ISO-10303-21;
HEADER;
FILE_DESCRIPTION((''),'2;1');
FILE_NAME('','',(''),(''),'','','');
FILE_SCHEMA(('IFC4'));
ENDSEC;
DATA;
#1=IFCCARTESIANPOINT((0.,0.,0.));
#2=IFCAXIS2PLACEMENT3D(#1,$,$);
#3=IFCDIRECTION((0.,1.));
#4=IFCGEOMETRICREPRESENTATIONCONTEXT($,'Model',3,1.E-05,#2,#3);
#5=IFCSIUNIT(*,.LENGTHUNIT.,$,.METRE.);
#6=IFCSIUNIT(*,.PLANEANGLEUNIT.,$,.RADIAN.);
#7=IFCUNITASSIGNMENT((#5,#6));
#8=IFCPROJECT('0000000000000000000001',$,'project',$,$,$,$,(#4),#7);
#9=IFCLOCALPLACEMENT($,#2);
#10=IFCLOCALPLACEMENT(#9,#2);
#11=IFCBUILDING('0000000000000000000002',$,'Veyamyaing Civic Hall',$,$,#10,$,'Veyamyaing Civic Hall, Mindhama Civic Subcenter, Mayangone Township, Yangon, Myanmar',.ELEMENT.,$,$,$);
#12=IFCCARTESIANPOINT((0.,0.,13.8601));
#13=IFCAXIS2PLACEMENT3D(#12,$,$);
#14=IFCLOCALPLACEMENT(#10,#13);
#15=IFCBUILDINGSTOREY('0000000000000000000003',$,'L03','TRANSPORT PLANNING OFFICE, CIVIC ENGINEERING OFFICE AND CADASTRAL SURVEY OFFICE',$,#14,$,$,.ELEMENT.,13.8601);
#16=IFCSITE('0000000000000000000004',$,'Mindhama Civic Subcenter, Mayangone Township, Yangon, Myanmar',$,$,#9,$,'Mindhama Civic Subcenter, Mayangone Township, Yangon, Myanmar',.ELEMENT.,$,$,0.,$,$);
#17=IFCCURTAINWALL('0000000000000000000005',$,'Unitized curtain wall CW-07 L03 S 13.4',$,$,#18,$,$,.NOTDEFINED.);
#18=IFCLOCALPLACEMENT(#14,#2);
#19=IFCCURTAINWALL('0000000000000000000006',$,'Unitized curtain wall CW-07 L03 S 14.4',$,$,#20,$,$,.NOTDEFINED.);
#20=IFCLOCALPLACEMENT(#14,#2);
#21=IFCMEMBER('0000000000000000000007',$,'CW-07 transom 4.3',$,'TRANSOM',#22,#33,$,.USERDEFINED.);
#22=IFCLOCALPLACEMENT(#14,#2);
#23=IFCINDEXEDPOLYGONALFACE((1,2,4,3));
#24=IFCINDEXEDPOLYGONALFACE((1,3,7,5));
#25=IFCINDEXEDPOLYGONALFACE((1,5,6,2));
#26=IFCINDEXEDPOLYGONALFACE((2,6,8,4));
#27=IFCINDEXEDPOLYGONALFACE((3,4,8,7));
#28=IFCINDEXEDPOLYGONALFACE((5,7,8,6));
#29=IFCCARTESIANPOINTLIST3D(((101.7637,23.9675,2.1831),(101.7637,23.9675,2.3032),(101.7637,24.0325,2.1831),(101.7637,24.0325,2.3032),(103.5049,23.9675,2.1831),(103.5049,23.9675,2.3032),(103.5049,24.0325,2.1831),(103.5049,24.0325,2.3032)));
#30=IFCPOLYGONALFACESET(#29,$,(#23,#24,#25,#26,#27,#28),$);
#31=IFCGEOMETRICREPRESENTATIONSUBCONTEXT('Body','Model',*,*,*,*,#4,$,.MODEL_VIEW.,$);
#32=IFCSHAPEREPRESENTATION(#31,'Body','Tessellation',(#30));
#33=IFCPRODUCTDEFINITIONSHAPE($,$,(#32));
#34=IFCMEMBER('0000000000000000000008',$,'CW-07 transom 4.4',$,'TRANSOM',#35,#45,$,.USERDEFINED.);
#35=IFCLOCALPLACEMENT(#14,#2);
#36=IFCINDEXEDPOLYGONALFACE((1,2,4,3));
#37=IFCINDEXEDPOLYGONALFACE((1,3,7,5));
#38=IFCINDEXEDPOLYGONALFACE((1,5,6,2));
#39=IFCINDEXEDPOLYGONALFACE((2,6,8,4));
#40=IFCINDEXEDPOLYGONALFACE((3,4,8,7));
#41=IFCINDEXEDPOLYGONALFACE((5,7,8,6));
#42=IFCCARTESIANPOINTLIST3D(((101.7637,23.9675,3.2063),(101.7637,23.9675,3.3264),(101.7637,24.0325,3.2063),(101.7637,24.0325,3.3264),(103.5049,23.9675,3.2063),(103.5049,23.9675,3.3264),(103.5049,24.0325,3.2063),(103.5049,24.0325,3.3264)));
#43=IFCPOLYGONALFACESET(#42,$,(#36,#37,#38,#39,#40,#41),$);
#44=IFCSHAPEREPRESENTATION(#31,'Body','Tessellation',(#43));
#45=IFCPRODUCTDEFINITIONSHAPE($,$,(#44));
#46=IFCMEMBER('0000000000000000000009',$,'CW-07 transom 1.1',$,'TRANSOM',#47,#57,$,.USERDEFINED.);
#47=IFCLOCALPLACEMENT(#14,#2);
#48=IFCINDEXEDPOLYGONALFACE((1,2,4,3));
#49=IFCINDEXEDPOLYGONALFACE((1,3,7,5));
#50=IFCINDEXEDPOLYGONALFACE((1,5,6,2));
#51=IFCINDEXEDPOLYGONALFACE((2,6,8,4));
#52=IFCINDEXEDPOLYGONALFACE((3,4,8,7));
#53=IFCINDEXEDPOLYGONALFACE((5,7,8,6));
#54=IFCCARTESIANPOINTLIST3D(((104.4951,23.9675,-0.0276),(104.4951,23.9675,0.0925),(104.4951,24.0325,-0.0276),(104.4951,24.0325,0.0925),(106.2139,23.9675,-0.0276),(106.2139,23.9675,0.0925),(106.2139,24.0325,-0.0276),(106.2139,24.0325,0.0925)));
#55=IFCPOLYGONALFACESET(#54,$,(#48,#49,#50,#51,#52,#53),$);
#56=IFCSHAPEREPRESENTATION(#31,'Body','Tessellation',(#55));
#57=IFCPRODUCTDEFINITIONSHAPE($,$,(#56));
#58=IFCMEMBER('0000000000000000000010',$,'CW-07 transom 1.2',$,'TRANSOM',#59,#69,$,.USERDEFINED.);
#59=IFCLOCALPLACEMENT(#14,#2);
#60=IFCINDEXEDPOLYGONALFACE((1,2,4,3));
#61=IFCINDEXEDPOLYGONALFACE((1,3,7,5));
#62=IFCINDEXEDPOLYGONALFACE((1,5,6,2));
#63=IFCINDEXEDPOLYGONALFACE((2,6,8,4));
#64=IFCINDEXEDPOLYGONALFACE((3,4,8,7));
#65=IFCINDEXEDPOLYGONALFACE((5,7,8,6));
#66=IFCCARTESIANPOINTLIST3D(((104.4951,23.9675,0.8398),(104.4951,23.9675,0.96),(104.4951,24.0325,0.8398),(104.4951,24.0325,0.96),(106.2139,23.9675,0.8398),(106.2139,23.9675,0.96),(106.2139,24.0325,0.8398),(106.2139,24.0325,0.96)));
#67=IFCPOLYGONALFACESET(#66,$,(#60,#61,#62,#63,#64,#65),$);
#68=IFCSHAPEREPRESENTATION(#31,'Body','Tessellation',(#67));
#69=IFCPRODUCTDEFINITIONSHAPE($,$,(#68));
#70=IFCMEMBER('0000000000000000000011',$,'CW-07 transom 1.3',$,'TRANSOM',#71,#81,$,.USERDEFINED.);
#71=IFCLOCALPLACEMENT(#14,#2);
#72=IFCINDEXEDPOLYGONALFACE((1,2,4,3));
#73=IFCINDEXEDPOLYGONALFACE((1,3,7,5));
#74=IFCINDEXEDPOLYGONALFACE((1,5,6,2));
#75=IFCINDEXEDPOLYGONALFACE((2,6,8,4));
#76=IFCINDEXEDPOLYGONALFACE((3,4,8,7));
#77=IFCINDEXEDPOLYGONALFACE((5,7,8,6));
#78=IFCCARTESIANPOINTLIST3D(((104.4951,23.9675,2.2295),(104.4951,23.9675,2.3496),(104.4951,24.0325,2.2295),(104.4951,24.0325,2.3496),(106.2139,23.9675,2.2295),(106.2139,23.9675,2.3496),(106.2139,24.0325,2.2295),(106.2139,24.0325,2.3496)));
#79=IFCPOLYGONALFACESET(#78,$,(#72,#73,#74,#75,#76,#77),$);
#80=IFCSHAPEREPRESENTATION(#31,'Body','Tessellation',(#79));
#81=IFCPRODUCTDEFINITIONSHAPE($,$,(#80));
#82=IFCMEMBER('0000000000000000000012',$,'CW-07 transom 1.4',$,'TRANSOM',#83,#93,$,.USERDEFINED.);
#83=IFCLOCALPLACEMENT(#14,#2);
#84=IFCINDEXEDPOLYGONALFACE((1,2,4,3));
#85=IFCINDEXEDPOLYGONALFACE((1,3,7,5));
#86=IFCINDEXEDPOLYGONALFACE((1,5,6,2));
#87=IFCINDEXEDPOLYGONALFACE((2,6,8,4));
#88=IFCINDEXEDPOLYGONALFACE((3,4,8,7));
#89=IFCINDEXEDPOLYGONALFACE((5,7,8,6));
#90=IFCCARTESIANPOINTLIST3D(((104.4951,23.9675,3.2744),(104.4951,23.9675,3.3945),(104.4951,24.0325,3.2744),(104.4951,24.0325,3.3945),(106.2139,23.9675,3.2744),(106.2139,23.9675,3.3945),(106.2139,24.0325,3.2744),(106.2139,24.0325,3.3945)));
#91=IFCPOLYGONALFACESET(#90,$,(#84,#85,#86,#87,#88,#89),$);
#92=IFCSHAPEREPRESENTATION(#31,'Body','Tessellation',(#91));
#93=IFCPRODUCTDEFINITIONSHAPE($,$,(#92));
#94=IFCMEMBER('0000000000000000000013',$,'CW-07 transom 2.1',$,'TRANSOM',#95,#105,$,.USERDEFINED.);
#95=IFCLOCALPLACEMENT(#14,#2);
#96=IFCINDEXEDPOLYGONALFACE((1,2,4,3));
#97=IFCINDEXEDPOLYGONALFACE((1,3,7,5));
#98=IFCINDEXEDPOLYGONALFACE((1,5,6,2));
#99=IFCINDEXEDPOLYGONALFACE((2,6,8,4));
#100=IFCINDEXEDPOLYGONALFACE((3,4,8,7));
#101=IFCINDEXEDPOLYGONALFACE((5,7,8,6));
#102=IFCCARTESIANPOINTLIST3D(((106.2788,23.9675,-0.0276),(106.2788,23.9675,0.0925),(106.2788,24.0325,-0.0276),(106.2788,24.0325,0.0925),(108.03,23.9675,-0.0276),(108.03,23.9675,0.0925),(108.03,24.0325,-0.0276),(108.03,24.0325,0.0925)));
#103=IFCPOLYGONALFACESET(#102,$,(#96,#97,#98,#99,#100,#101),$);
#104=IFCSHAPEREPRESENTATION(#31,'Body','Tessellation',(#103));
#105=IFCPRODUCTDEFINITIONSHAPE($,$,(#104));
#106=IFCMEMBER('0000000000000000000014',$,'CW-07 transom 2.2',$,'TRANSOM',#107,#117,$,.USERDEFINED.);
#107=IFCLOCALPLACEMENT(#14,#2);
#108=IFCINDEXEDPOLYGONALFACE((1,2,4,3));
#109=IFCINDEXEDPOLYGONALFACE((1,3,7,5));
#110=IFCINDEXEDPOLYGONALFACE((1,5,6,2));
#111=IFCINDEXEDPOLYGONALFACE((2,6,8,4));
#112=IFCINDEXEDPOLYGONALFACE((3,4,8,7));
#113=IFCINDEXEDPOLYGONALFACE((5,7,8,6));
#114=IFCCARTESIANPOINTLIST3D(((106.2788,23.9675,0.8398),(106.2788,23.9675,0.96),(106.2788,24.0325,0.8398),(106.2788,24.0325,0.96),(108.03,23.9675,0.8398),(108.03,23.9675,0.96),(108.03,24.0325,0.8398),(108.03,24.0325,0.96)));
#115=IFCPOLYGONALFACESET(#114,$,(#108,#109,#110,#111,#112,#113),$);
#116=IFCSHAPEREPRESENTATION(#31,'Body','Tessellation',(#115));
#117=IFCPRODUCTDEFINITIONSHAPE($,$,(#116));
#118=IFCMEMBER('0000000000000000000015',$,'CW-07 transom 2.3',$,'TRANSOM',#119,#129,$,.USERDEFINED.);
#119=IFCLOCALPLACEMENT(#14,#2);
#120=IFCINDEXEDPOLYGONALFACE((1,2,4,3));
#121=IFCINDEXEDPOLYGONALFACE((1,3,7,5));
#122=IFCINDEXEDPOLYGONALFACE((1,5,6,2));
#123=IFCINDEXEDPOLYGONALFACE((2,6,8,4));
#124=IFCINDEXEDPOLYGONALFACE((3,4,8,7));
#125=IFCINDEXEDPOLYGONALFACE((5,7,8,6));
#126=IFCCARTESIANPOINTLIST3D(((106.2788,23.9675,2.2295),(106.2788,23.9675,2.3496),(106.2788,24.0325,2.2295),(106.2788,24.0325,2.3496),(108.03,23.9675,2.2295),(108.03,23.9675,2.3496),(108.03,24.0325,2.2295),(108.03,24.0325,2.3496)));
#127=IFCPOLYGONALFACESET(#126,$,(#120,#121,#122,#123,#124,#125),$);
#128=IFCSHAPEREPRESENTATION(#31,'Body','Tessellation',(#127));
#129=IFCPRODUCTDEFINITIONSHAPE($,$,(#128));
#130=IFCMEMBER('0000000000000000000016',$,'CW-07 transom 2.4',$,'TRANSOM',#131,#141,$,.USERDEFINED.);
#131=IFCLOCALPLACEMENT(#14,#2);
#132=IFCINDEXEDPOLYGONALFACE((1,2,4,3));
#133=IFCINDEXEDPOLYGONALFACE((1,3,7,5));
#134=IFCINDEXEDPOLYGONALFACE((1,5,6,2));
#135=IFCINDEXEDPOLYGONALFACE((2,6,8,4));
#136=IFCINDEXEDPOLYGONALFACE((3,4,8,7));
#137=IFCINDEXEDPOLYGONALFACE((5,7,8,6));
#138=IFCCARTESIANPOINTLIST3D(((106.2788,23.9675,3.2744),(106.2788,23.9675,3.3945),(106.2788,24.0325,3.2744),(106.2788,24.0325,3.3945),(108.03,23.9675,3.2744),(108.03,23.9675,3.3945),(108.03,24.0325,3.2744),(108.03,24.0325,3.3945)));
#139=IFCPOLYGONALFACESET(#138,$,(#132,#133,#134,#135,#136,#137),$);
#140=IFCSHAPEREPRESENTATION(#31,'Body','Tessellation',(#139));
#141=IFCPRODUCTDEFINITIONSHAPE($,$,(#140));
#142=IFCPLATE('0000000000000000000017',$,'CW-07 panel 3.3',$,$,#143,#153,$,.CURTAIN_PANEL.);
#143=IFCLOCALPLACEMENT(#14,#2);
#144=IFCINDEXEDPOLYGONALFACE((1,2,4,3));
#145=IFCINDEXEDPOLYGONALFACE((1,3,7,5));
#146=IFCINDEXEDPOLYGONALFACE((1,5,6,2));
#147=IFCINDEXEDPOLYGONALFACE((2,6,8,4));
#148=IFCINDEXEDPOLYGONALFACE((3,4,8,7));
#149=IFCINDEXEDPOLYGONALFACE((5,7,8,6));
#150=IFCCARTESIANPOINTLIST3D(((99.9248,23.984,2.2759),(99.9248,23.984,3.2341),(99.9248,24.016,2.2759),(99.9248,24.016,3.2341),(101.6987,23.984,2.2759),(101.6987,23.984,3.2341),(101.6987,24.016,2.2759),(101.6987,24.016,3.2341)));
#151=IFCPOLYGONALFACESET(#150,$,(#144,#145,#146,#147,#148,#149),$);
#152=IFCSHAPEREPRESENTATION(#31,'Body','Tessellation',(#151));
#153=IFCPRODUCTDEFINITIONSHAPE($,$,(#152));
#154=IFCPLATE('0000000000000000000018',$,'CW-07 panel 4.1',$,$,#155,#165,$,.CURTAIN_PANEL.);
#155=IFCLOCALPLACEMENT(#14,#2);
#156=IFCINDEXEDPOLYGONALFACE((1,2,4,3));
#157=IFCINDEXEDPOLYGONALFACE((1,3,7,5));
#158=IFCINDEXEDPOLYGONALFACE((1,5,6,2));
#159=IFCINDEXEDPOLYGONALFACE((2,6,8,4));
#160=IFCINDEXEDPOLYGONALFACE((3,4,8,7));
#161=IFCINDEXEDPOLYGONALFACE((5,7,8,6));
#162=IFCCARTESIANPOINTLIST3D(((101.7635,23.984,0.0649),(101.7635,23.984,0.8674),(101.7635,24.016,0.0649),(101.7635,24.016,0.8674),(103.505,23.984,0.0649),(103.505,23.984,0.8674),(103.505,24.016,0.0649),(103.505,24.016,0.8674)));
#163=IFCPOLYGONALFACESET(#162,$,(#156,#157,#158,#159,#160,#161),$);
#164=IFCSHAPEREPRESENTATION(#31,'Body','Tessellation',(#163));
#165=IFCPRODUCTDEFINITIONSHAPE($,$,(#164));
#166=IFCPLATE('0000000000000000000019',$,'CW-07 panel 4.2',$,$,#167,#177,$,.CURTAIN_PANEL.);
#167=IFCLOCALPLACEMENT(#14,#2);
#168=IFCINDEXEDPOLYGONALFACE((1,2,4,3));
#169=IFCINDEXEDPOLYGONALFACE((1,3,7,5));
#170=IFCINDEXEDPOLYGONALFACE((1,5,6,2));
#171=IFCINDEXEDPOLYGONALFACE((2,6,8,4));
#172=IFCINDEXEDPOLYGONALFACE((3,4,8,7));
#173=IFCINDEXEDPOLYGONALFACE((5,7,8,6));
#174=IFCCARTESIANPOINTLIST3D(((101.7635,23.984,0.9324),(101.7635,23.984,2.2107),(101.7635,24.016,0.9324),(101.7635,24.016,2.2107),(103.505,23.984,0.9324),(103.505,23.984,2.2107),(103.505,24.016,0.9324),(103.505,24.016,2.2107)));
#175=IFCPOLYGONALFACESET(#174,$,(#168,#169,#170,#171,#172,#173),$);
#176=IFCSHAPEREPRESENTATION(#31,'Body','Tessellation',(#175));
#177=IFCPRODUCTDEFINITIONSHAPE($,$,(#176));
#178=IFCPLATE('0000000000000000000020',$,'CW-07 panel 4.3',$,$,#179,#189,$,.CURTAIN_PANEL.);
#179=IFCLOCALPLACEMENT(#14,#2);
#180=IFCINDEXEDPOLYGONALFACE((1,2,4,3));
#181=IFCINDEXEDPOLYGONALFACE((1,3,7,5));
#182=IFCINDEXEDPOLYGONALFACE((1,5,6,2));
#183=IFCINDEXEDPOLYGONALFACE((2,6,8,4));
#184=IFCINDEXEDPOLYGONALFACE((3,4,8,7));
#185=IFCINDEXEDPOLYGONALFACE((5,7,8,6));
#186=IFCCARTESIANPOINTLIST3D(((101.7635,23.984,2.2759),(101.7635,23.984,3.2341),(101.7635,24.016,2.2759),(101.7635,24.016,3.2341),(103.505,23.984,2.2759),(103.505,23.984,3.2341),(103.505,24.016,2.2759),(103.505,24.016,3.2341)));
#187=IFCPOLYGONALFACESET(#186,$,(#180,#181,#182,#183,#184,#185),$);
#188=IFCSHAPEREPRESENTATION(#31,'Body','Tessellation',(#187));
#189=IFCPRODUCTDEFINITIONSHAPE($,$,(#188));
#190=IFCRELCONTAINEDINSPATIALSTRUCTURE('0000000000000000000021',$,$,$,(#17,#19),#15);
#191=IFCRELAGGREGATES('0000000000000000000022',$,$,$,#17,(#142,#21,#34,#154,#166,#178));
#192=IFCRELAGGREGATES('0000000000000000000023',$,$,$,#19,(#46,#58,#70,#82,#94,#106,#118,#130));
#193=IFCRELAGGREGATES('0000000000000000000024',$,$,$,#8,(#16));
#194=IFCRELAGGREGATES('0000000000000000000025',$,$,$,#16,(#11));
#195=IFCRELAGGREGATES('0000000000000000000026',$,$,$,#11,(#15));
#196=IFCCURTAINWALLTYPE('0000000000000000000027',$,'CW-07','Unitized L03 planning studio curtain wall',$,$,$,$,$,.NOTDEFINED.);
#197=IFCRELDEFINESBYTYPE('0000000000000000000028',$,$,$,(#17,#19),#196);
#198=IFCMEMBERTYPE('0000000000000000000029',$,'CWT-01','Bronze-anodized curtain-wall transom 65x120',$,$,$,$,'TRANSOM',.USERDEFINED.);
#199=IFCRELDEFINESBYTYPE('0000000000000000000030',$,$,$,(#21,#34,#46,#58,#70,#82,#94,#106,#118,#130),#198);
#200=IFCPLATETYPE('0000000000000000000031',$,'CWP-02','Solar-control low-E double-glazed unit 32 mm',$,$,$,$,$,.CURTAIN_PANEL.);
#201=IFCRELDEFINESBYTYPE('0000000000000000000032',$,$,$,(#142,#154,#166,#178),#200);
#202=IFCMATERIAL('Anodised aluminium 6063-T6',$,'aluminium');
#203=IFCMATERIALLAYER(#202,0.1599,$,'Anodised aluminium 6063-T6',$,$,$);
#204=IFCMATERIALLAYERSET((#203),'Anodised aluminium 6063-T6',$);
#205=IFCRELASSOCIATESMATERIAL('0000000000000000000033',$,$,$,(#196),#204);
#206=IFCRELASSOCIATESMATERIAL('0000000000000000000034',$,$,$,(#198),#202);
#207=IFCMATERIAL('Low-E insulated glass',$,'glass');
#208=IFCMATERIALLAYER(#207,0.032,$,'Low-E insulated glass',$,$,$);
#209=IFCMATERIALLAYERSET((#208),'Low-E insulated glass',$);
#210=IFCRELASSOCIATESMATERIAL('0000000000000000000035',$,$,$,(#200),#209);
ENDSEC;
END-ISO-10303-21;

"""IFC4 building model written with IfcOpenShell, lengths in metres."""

from ifc_helpers import new_model, si_unit, direction, frame, origin, origin_2d, place, context, subcontext, project, spatial, rectangle, extrude, material, layer, layer_set, material_profile, profile_set, type_object, element, aggregate, save


model = new_model("IFC4")

# Units and contexts
model_context = context("Model", 3, precision=1e-05, world=origin(), true_north=direction((0.0, 1.0)))
body_context = subcontext(model_context, "Body", "Model", "MODEL_VIEW")
ifc_project = project(units=[si_unit("LENGTHUNIT", "METRE"), si_unit("PLANEANGLEUNIT", "RADIAN")], contexts=[model_context])

# Site, building, storey
site_placement = place(None, origin())
site = spatial("IfcSite", under=ifc_project, at=site_placement, Name="Mindhama Civic Subcenter, Mayangone Township, Yangon, Myanmar", LongName="Mindhama Civic Subcenter, Mayangone Township, Yangon, Myanmar", CompositionType="ELEMENT", RefElevation=0.0)
building_placement = place(site_placement, origin())
building = spatial("IfcBuilding", under=site, at=building_placement, Name="Veyamyaing Civic Hall", LongName="Veyamyaing Civic Hall, Mindhama Civic Subcenter, Mayangone Township, Yangon, Myanmar", CompositionType="ELEMENT")
storey_placement = place(building_placement, frame((0.0, 0.0, 13.8601)))
storey = spatial("IfcBuildingStorey", under=building, at=storey_placement, Name="L03", Description="TRANSPORT PLANNING OFFICE, CIVIC ENGINEERING OFFICE AND CADASTRAL SURVEY OFFICE", CompositionType="ELEMENT", Elevation=13.8601)

# Curtain walls
ifc_material_1 = material(Name="Anodised aluminium 6063-T6", Category="aluminium")
ifc_layer_1 = layer(ifc_material_1, 0.1599, Name="Anodised aluminium 6063-T6")
ifc_layer_set_1 = layer_set([ifc_layer_1], Name="Anodised aluminium 6063-T6")
curtain_wall_type = type_object("IfcCurtainWallType", Name="CW-07", Description="Unitized L03 planning studio curtain wall", PredefinedType="NOTDEFINED", material=ifc_layer_set_1)
curtain_wall_1_placement = place(storey_placement, origin())
curtain_wall_1 = element("IfcCurtainWall", 1, at=curtain_wall_1_placement, inside=storey, type_object=curtain_wall_type, Name="Unitized curtain wall CW-07 L03 S 13.4", PredefinedType="NOTDEFINED")
curtain_wall_2_placement = place(storey_placement, origin())
curtain_wall_2 = element("IfcCurtainWall", 2, at=curtain_wall_2_placement, inside=storey, type_object=curtain_wall_type, Name="Unitized curtain wall CW-07 L03 S 14.4", PredefinedType="NOTDEFINED")

# Members
ifc_material_profile_1 = material_profile(ifc_material_1, rectangle(XDim=0.0649, YDim=0.1201, at=origin_2d()), Name="ALU-TRN-65X120")
ifc_profile_set_1 = profile_set([ifc_material_profile_1], Name="Anodised aluminium 6063-T6")
member_type_1 = type_object("IfcMemberType", Name="CWT-01", Description="Bronze-anodized curtain-wall transom 65x120", ElementType="TRANSOM", PredefinedType="USERDEFINED", material=ifc_profile_set_1)
member_1_placement = place(storey_placement, frame((101.7637, 24.0, 2.2432), z_axis=(1.0, 0.0, 0.0), x_axis=(0.0, 1.0, 0.0)))
member_1 = element("IfcMember", 3, at=member_1_placement, type_object=member_type_1, Name="CW-07 transom 4.3", ObjectType="TRANSOM", PredefinedType="USERDEFINED", context=body_context, shape_type="SweptSolid", body=[
    extrude(rectangle(XDim=0.0649, YDim=0.1201, at=origin_2d()), origin(), (0.0, 0.0, 1.0), 1.7412),
])
member_2_placement = place(storey_placement, frame((101.7637, 24.0, 3.2664), z_axis=(1.0, 0.0, 0.0), x_axis=(0.0, 1.0, 0.0)))
member_2 = element("IfcMember", 4, at=member_2_placement, type_object=member_type_1, Name="CW-07 transom 4.4", ObjectType="TRANSOM", PredefinedType="USERDEFINED", context=body_context, shape_type="SweptSolid", body=[
    extrude(rectangle(XDim=0.0649, YDim=0.1201, at=origin_2d()), origin(), (0.0, 0.0, 1.0), 1.7412),
])
member_3_placement = place(storey_placement, frame((104.4951, 24.0, 0.0325), z_axis=(1.0, 0.0, 0.0), x_axis=(0.0, 1.0, 0.0)))
member_3 = element("IfcMember", 5, at=member_3_placement, type_object=member_type_1, Name="CW-07 transom 1.1", ObjectType="TRANSOM", PredefinedType="USERDEFINED", context=body_context, shape_type="SweptSolid", body=[
    extrude(rectangle(XDim=0.0649, YDim=0.1201, at=origin_2d()), origin(), (0.0, 0.0, 1.0), 1.7188),
])
member_4_placement = place(storey_placement, frame((104.4951, 24.0, 0.8999), z_axis=(1.0, 0.0, 0.0), x_axis=(0.0, 1.0, 0.0)))
member_4 = element("IfcMember", 6, at=member_4_placement, type_object=member_type_1, Name="CW-07 transom 1.2", ObjectType="TRANSOM", PredefinedType="USERDEFINED", context=body_context, shape_type="SweptSolid", body=[
    extrude(rectangle(XDim=0.0649, YDim=0.1201, at=origin_2d()), origin(), (0.0, 0.0, 1.0), 1.7188),
])
member_5_placement = place(storey_placement, frame((104.4951, 24.0, 2.2896), z_axis=(1.0, 0.0, 0.0), x_axis=(0.0, 1.0, 0.0)))
member_5 = element("IfcMember", 7, at=member_5_placement, type_object=member_type_1, Name="CW-07 transom 1.3", ObjectType="TRANSOM", PredefinedType="USERDEFINED", context=body_context, shape_type="SweptSolid", body=[
    extrude(rectangle(XDim=0.0649, YDim=0.1201, at=origin_2d()), origin(), (0.0, 0.0, 1.0), 1.7188),
])
member_6_placement = place(storey_placement, frame((104.4951, 24.0, 3.3345), z_axis=(1.0, 0.0, 0.0), x_axis=(0.0, 1.0, 0.0)))
member_6 = element("IfcMember", 8, at=member_6_placement, type_object=member_type_1, Name="CW-07 transom 1.4", ObjectType="TRANSOM", PredefinedType="USERDEFINED", context=body_context, shape_type="SweptSolid", body=[
    extrude(rectangle(XDim=0.0649, YDim=0.1201, at=origin_2d()), origin(), (0.0, 0.0, 1.0), 1.7188),
])
member_7_placement = place(storey_placement, frame((106.2788, 24.0, 0.0325), z_axis=(1.0, 0.0, 0.0), x_axis=(0.0, 1.0, 0.0)))
member_7 = element("IfcMember", 9, at=member_7_placement, type_object=member_type_1, Name="CW-07 transom 2.1", ObjectType="TRANSOM", PredefinedType="USERDEFINED", context=body_context, shape_type="SweptSolid", body=[
    extrude(rectangle(XDim=0.0649, YDim=0.1201, at=origin_2d()), origin(), (0.0, 0.0, 1.0), 1.7512),
])
member_8_placement = place(storey_placement, frame((106.2788, 24.0, 0.8999), z_axis=(1.0, 0.0, 0.0), x_axis=(0.0, 1.0, 0.0)))
member_8 = element("IfcMember", 10, at=member_8_placement, type_object=member_type_1, Name="CW-07 transom 2.2", ObjectType="TRANSOM", PredefinedType="USERDEFINED", context=body_context, shape_type="SweptSolid", body=[
    extrude(rectangle(XDim=0.0649, YDim=0.1201, at=origin_2d()), origin(), (0.0, 0.0, 1.0), 1.7512),
])
member_9_placement = place(storey_placement, frame((106.2788, 24.0, 2.2896), z_axis=(1.0, 0.0, 0.0), x_axis=(0.0, 1.0, 0.0)))
member_9 = element("IfcMember", 11, at=member_9_placement, type_object=member_type_1, Name="CW-07 transom 2.3", ObjectType="TRANSOM", PredefinedType="USERDEFINED", context=body_context, shape_type="SweptSolid", body=[
    extrude(rectangle(XDim=0.0649, YDim=0.1201, at=origin_2d()), origin(), (0.0, 0.0, 1.0), 1.7512),
])
member_10_placement = place(storey_placement, frame((106.2788, 24.0, 3.3345), z_axis=(1.0, 0.0, 0.0), x_axis=(0.0, 1.0, 0.0)))
member_10 = element("IfcMember", 12, at=member_10_placement, type_object=member_type_1, Name="CW-07 transom 2.4", ObjectType="TRANSOM", PredefinedType="USERDEFINED", context=body_context, shape_type="SweptSolid", body=[
    extrude(rectangle(XDim=0.0649, YDim=0.1201, at=origin_2d()), origin(), (0.0, 0.0, 1.0), 1.7512),
])

# Plates
ifc_material_2 = material(Name="Low-E insulated glass", Category="glass")
ifc_layer_2 = layer(ifc_material_2, 0.032, Name="Low-E insulated glass")
ifc_layer_set_2 = layer_set([ifc_layer_2], Name="Low-E insulated glass")
plate_type_1 = type_object("IfcPlateType", Name="CWP-02", Description="Solar-control low-E double-glazed unit 32 mm", PredefinedType="CURTAIN_PANEL", material=ifc_layer_set_2)
plate_1_placement = place(storey_placement, frame((100.8118, 24.0, 2.2759), z_axis=(0.0, 0.0, 1.0), x_axis=(1.0, 0.0, 0.0)))
plate_1 = element("IfcPlate", 13, at=plate_1_placement, type_object=plate_type_1, Name="CW-07 panel 3.3", PredefinedType="CURTAIN_PANEL", context=body_context, shape_type="SweptSolid", body=[
    extrude(rectangle(XDim=1.7739, YDim=0.032, at=origin_2d()), origin(), (0.0, 0.0, 1.0), 0.9583),
])
plate_2_placement = place(storey_placement, frame((102.6343, 24.0, 0.0649), z_axis=(0.0, 0.0, 1.0), x_axis=(1.0, 0.0, 0.0)))
plate_2 = element("IfcPlate", 14, at=plate_2_placement, type_object=plate_type_1, Name="CW-07 panel 4.1", PredefinedType="CURTAIN_PANEL", context=body_context, shape_type="SweptSolid", body=[
    extrude(rectangle(XDim=1.7415, YDim=0.032, at=origin_2d()), origin(), (0.0, 0.0, 1.0), 0.8025),
])
plate_3_placement = place(storey_placement, frame((102.6343, 24.0, 0.9324), z_axis=(0.0, 0.0, 1.0), x_axis=(1.0, 0.0, 0.0)))
plate_3 = element("IfcPlate", 15, at=plate_3_placement, type_object=plate_type_1, Name="CW-07 panel 4.2", PredefinedType="CURTAIN_PANEL", context=body_context, shape_type="SweptSolid", body=[
    extrude(rectangle(XDim=1.7415, YDim=0.032, at=origin_2d()), origin(), (0.0, 0.0, 1.0), 1.2783),
])
plate_4_placement = place(storey_placement, frame((102.6343, 24.0, 2.2759), z_axis=(0.0, 0.0, 1.0), x_axis=(1.0, 0.0, 0.0)))
plate_4 = element("IfcPlate", 16, at=plate_4_placement, type_object=plate_type_1, Name="CW-07 panel 4.3", PredefinedType="CURTAIN_PANEL", context=body_context, shape_type="SweptSolid", body=[
    extrude(rectangle(XDim=1.7415, YDim=0.032, at=origin_2d()), origin(), (0.0, 0.0, 1.0), 0.9583),
])
aggregate(curtain_wall_1, [plate_1, member_1, member_2, plate_2, plate_3, plate_4])
aggregate(curtain_wall_2, [member_3, member_4, member_5, member_6, member_7, member_8, member_9, member_10])

save(model, "model.ifc")
